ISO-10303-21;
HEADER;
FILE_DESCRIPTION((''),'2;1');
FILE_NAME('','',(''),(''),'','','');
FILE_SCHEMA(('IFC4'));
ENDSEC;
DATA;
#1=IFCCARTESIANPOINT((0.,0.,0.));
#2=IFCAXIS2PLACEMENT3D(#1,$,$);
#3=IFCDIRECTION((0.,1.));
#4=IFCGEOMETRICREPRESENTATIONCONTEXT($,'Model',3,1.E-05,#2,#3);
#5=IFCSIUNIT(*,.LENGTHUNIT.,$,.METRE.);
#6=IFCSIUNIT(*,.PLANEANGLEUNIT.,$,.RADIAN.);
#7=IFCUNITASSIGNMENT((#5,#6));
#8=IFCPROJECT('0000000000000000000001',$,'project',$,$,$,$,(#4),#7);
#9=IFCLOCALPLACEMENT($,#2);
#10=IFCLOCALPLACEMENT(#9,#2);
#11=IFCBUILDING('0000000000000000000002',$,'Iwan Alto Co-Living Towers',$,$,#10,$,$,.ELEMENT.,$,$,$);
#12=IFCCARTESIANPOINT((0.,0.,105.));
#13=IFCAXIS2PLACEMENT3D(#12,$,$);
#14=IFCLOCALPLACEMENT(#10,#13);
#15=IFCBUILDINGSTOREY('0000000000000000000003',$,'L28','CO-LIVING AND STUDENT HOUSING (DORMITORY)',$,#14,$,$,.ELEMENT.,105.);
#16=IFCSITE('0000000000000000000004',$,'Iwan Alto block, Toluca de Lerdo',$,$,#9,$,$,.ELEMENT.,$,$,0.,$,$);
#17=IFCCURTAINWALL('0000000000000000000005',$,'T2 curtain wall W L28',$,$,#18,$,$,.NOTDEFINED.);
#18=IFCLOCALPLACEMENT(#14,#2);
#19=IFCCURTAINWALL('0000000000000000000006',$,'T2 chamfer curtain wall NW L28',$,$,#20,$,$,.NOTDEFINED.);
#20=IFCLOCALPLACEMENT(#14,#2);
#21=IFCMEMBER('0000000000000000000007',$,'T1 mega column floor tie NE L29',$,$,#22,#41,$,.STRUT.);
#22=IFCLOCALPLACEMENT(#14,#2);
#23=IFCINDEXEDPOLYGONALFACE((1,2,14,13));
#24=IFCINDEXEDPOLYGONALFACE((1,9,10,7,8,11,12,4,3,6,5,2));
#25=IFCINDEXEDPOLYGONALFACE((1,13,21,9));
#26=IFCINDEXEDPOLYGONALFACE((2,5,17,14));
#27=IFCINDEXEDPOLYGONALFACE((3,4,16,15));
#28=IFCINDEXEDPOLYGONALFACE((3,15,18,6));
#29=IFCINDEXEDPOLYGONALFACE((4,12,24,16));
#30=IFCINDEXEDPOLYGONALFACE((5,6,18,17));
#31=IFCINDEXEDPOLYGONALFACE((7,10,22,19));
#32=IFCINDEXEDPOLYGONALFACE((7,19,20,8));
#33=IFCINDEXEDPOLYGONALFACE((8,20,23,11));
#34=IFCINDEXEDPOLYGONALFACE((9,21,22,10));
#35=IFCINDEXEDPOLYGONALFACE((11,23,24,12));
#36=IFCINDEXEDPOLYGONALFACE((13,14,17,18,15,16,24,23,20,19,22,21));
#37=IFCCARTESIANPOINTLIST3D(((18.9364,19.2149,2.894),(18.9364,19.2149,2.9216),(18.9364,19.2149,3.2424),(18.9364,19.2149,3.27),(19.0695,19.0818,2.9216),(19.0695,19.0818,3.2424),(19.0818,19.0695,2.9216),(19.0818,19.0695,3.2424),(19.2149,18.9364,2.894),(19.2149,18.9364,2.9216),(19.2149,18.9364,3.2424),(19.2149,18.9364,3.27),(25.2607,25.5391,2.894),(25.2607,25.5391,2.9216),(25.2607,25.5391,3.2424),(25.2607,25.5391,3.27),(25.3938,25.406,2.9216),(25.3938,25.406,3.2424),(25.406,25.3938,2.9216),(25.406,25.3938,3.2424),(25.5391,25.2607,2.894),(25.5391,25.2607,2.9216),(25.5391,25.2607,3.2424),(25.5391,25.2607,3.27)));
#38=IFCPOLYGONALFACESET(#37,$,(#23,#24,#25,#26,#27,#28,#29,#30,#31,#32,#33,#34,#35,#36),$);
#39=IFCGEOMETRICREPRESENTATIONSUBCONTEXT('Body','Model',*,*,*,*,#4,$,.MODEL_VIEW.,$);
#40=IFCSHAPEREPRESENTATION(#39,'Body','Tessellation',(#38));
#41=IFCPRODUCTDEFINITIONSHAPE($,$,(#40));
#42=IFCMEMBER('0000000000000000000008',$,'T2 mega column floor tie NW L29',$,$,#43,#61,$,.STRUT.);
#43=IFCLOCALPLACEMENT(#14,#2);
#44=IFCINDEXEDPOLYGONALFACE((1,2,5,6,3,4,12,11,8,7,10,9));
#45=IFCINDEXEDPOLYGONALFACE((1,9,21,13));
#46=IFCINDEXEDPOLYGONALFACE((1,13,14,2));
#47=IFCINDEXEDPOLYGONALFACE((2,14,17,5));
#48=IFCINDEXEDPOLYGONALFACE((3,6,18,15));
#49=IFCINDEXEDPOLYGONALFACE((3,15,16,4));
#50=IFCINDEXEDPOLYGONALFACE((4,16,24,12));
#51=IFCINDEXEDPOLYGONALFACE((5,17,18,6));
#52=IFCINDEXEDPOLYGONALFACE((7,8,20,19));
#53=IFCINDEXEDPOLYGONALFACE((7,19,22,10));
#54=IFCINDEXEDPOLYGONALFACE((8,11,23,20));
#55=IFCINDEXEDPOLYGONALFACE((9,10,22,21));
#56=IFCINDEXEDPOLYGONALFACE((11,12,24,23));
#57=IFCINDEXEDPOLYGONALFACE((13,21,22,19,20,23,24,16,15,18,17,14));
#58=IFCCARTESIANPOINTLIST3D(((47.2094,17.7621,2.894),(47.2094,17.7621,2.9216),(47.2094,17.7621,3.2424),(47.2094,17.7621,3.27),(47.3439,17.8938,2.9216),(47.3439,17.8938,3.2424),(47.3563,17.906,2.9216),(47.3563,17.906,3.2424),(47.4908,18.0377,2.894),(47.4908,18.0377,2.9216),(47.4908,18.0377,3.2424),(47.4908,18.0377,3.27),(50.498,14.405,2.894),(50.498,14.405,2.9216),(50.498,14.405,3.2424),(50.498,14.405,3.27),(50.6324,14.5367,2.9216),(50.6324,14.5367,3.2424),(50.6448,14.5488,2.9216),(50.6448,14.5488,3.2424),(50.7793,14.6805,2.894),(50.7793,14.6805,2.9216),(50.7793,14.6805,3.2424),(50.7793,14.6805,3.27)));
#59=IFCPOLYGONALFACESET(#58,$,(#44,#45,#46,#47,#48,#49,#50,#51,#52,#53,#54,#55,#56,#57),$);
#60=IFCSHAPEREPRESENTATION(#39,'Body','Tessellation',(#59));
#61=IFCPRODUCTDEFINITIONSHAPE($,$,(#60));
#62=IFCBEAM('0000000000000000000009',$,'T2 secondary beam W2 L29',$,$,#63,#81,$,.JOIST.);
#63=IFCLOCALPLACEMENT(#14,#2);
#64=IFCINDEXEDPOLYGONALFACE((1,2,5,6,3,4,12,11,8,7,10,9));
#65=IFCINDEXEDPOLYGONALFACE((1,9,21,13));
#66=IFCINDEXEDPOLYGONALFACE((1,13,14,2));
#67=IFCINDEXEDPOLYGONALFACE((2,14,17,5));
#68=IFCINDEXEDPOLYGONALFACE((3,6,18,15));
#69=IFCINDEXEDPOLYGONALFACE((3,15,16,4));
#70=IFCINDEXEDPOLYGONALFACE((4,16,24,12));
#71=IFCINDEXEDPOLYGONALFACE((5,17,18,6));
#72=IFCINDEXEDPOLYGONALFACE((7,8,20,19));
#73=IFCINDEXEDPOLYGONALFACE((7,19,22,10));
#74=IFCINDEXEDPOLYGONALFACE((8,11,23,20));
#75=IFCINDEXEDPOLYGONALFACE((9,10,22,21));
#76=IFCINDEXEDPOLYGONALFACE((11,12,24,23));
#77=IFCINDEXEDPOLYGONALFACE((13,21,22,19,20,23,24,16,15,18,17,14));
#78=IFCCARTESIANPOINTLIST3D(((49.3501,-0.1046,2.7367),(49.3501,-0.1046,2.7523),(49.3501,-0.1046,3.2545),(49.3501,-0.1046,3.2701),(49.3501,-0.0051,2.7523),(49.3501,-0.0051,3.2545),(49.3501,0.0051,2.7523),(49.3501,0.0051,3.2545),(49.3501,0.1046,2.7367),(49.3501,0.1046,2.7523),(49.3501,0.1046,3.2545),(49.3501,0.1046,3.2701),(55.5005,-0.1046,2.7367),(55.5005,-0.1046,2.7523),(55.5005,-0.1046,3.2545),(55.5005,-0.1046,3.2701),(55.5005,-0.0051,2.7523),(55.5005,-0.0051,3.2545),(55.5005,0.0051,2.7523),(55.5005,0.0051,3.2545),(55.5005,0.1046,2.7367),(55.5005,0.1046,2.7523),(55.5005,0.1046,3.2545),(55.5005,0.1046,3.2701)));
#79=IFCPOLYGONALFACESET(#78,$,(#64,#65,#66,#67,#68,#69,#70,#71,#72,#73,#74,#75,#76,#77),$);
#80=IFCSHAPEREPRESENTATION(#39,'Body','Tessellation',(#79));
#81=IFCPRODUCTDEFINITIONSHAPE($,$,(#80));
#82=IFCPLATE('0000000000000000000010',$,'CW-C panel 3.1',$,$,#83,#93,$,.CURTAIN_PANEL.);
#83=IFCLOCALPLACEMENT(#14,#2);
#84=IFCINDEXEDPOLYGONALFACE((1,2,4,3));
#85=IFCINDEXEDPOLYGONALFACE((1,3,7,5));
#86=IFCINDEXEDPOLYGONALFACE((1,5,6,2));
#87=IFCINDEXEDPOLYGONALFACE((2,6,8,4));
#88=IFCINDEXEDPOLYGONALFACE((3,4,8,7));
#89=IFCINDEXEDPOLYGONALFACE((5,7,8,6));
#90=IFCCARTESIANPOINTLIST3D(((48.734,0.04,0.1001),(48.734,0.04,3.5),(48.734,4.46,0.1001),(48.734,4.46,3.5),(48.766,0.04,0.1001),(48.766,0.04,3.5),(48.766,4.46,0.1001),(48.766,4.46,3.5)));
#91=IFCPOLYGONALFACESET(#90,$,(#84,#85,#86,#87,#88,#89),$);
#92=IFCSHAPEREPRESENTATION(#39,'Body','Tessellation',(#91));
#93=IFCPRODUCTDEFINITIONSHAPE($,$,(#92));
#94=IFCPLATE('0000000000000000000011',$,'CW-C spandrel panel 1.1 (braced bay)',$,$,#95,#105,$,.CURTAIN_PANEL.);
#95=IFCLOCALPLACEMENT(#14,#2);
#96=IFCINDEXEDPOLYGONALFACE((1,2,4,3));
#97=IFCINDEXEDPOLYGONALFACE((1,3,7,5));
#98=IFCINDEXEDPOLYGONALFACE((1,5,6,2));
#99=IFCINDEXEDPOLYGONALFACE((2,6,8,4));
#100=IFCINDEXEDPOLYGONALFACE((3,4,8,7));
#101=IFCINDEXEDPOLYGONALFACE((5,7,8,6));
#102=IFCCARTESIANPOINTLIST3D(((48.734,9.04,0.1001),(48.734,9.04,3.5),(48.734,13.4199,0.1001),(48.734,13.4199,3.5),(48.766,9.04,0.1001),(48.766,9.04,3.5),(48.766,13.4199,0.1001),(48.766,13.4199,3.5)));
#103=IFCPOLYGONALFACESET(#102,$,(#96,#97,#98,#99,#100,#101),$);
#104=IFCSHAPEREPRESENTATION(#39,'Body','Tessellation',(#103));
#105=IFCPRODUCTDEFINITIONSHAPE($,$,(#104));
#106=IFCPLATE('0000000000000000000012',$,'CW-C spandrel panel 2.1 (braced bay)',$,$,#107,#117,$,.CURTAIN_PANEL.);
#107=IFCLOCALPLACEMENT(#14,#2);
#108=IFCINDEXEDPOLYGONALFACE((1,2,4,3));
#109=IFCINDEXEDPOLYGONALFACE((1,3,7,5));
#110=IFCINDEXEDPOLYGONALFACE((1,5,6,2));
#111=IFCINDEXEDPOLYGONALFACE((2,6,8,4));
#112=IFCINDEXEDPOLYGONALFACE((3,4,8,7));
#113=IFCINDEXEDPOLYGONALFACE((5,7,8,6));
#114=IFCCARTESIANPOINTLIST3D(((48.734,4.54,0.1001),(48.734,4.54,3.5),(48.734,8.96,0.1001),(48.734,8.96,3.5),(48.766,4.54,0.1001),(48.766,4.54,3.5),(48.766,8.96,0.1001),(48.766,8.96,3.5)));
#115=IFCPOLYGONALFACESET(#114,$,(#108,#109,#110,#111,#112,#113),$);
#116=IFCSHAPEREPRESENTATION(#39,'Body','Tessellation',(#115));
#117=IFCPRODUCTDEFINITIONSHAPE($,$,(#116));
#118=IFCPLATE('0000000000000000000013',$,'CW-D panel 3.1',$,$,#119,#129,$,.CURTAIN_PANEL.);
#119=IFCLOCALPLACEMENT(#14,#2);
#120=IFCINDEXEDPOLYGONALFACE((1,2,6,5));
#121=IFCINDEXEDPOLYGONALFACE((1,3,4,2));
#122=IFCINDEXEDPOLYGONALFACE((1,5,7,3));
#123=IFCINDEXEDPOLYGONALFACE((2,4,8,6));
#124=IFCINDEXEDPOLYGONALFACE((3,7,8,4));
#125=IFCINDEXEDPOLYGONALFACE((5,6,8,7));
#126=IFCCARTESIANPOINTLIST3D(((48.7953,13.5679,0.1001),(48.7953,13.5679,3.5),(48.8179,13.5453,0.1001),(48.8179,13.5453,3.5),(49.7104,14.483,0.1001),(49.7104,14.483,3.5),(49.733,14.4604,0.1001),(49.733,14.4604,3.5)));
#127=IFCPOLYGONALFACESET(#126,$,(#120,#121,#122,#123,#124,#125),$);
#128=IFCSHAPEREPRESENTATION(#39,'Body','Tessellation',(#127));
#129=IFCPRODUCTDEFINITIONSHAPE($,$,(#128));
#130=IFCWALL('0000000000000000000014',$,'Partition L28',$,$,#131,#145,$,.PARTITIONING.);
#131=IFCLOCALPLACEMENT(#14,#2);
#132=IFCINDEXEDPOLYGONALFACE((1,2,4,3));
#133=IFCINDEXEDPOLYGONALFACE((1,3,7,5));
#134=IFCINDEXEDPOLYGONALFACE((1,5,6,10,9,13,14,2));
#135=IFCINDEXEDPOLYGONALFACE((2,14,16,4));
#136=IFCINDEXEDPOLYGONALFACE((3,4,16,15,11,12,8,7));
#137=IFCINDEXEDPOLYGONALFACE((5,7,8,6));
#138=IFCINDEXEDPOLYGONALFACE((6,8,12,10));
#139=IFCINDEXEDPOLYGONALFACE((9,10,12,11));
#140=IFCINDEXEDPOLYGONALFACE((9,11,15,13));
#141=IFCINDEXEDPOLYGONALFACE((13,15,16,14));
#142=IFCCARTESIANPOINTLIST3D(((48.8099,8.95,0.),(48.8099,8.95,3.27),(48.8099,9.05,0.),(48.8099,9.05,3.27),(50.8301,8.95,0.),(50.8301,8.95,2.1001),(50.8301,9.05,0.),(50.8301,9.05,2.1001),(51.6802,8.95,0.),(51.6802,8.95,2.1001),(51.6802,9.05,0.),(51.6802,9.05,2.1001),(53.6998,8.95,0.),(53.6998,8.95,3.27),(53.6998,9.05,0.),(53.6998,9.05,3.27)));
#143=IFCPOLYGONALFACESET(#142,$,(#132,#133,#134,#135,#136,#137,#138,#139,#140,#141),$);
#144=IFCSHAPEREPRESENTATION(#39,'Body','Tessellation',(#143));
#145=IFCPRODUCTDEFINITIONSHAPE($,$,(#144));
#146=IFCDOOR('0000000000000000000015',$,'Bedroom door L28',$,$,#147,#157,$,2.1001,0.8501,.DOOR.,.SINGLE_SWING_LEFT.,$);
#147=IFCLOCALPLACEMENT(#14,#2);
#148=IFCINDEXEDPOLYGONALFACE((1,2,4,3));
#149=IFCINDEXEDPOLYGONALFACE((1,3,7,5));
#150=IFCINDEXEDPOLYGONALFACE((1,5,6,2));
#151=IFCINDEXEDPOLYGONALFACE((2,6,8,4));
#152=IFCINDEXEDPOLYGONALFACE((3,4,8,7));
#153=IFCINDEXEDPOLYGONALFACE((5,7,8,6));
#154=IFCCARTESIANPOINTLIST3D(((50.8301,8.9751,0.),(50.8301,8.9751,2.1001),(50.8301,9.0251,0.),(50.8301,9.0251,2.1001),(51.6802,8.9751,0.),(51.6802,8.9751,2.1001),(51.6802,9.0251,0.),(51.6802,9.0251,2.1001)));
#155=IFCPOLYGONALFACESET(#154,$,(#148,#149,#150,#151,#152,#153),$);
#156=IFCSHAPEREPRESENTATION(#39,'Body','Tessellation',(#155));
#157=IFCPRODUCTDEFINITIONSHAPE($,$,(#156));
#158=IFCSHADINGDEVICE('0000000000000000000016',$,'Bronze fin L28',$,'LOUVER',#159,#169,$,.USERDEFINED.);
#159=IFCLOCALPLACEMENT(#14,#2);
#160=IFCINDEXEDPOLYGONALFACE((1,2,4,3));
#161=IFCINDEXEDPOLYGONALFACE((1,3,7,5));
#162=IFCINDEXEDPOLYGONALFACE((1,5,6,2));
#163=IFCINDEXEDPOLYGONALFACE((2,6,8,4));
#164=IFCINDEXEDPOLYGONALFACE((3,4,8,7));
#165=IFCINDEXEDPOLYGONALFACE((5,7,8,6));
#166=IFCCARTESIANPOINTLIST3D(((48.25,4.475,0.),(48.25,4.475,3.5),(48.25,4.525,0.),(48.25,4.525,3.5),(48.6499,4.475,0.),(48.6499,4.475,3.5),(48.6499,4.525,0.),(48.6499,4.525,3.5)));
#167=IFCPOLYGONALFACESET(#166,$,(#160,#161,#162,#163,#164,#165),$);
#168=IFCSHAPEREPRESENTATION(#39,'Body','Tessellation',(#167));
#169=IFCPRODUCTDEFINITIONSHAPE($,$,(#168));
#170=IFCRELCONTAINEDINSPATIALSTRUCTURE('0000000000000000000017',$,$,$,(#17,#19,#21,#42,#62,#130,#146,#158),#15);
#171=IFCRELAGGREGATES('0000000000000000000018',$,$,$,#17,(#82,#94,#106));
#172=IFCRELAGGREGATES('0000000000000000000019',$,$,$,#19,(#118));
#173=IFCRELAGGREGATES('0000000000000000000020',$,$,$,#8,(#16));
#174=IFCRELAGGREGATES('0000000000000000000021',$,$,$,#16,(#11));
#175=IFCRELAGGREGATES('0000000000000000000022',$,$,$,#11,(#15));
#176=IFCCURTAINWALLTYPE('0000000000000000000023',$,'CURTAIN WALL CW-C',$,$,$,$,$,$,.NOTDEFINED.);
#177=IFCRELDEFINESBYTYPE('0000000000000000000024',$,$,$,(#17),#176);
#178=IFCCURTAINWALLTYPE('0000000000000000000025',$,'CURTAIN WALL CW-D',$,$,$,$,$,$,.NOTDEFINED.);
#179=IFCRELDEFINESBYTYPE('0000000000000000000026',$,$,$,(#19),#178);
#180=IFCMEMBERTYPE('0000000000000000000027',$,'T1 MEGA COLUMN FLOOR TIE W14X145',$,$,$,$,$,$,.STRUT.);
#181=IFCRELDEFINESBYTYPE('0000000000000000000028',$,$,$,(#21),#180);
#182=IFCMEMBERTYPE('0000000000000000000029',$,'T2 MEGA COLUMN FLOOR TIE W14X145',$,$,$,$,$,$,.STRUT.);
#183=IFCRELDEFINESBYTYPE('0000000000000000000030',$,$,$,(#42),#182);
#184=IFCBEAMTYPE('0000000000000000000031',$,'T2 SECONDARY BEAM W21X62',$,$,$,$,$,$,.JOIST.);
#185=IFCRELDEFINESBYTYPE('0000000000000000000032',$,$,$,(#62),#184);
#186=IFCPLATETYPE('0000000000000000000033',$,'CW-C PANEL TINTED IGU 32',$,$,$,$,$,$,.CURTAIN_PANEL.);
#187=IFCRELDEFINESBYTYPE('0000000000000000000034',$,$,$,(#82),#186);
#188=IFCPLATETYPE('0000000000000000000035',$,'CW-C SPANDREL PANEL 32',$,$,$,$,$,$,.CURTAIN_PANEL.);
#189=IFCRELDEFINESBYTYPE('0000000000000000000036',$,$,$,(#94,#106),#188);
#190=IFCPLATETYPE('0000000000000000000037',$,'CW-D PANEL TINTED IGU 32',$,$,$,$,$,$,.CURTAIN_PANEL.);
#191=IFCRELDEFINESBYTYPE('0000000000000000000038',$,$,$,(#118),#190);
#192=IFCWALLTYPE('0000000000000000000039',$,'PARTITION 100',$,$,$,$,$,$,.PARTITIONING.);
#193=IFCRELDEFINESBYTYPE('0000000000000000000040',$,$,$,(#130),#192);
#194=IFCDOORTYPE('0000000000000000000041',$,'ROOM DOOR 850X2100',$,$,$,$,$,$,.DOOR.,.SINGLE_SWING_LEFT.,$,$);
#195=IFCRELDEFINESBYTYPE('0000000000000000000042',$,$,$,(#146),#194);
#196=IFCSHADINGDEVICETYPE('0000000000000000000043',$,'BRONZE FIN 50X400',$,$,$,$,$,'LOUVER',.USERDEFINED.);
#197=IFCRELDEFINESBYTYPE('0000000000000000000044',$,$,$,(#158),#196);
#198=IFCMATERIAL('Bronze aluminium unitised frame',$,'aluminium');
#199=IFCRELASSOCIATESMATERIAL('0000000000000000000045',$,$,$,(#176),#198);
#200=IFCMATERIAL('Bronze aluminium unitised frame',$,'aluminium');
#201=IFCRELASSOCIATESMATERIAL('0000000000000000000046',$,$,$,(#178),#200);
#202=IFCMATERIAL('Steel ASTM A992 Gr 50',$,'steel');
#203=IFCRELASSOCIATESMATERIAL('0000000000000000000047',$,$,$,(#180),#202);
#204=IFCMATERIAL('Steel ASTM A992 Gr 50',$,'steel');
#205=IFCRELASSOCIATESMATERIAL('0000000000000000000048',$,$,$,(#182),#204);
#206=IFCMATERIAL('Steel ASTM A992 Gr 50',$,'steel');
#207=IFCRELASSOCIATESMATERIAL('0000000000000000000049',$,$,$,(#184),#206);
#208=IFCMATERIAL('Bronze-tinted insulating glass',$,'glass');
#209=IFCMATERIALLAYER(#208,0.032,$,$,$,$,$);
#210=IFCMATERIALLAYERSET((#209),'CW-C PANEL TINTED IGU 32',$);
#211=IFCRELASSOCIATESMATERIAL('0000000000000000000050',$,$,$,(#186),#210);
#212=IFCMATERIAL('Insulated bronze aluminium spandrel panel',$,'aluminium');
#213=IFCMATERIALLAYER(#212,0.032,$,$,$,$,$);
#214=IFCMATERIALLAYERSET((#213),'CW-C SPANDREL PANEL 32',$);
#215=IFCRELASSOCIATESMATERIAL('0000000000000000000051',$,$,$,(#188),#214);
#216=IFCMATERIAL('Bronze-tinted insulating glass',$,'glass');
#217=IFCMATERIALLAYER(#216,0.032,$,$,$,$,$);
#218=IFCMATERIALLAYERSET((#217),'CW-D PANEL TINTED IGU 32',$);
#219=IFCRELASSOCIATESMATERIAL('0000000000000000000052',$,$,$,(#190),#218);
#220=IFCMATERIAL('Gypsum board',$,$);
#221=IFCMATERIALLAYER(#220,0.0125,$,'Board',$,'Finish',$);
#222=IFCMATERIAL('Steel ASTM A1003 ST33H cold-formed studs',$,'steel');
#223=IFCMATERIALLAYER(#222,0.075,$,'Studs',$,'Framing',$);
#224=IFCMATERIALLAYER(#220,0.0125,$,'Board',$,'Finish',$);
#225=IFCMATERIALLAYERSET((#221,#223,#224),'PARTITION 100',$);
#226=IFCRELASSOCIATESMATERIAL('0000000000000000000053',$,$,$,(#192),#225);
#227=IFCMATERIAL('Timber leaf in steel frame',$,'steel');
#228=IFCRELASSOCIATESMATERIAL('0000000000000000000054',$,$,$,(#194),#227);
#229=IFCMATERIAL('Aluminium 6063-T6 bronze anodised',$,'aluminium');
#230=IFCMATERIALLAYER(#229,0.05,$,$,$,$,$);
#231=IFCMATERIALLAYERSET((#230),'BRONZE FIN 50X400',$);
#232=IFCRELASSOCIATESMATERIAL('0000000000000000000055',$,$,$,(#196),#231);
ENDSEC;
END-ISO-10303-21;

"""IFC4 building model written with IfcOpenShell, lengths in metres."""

from ifc_helpers import new_model, si_unit, direction, frame, frame_2d, origin, origin_2d, place, context, subcontext, project, spatial, rectangle, i_section, extrude, material, layer, layer_set, material_profile, profile_set, type_object, element, fill, aggregate, save


model = new_model("IFC4")

# Units and contexts
model_context = context("Model", 3, precision=1e-05, world=origin(), true_north=direction((0.0, 1.0)))
body_context = subcontext(model_context, "Body", "Model", "MODEL_VIEW")
ifc_project = project(units=[si_unit("LENGTHUNIT", "METRE"), si_unit("PLANEANGLEUNIT", "RADIAN")], contexts=[model_context])

# Site, building, storey
site_placement = place(None, origin())
site = spatial("IfcSite", under=ifc_project, at=site_placement, Name="Iwan Alto block, Toluca de Lerdo", CompositionType="ELEMENT", RefElevation=0.0)
building_placement = place(site_placement, origin())
building = spatial("IfcBuilding", under=site, at=building_placement, Name="Iwan Alto Co-Living Towers", CompositionType="ELEMENT")
storey_placement = place(building_placement, frame((0.0, 0.0, 105.0)))
storey = spatial("IfcBuildingStorey", under=building, at=storey_placement, Name="L28", Description="CO-LIVING AND STUDENT HOUSING (DORMITORY)", CompositionType="ELEMENT", Elevation=105.0)

# Curtain wall
ifc_material_1 = material(Name="Bronze aluminium unitised frame", Category="aluminium")
curtain_wall_type_1 = type_object("IfcCurtainWallType", Name="CURTAIN WALL CW-C", PredefinedType="NOTDEFINED", material=ifc_material_1)
curtain_wall_1_placement = place(storey_placement, origin())
curtain_wall_1 = element("IfcCurtainWall", 1, at=curtain_wall_1_placement, inside=storey, type_object=curtain_wall_type_1, Name="T2 curtain wall W L28", PredefinedType="NOTDEFINED")

# Curtain wall
ifc_material_2 = material(Name="Bronze aluminium unitised frame", Category="aluminium")
curtain_wall_type_2 = type_object("IfcCurtainWallType", Name="CURTAIN WALL CW-D", PredefinedType="NOTDEFINED", material=ifc_material_2)
curtain_wall_2_placement = place(storey_placement, origin())
curtain_wall_2 = element("IfcCurtainWall", 2, at=curtain_wall_2_placement, inside=storey, type_object=curtain_wall_type_2, Name="T2 chamfer curtain wall NW L28", PredefinedType="NOTDEFINED")

# Members
ifc_material_3 = material(Name="Steel ASTM A992 Gr 50", Category="steel")
ifc_material_profile_1 = material_profile(ifc_material_3, i_section(OverallWidth=0.3938, OverallDepth=0.376, WebThickness=0.0173, FlangeThickness=0.0276, at=origin_2d()), Name="W14X145")
ifc_profile_set_1 = profile_set([ifc_material_profile_1], Name="Steel ASTM A992 Gr 50")
member_type_1 = type_object("IfcMemberType", Name="T1 MEGA COLUMN FLOOR TIE W14X145", PredefinedType="STRUT", material=ifc_profile_set_1)
member_1_placement = place(storey_placement, frame((25.3999, 25.3999, 3.082), z_axis=(-0.707107, -0.707107, 0.0), x_axis=(0.707107, -0.707107, 0.0)))
element("IfcMember", 3, at=member_1_placement, inside=storey, type_object=member_type_1, Name="T1 mega column floor tie NE L29", PredefinedType="STRUT", context=body_context, shape_type="SweptSolid", body=[
    extrude(i_section(OverallWidth=0.3938, OverallDepth=0.376, WebThickness=0.0173, FlangeThickness=0.0276, at=origin_2d()), origin(), (0.0, 0.0, 1.0), 8.9438),
])
ifc_material_4 = material(Name="Steel ASTM A992 Gr 50", Category="steel")
ifc_material_profile_2 = material_profile(ifc_material_4, i_section(OverallWidth=0.3938, OverallDepth=0.376, WebThickness=0.0173, FlangeThickness=0.0276, at=origin_2d()), Name="W14X145")
ifc_profile_set_2 = profile_set([ifc_material_profile_2], Name="Steel ASTM A992 Gr 50")
member_type_2 = type_object("IfcMemberType", Name="T2 MEGA COLUMN FLOOR TIE W14X145", PredefinedType="STRUT", material=ifc_profile_set_2)
member_2_placement = place(storey_placement, frame((47.3501, 17.8999, 3.082), z_axis=(0.69977, -0.714368, 0.0), x_axis=(0.714368, 0.69977, 0.0)))
element("IfcMember", 4, at=member_2_placement, inside=storey, type_object=member_type_2, Name="T2 mega column floor tie NW L29", PredefinedType="STRUT", context=body_context, shape_type="SweptSolid", body=[
    extrude(i_section(OverallWidth=0.3938, OverallDepth=0.376, WebThickness=0.0173, FlangeThickness=0.0276, at=origin_2d()), origin(), (0.0, 0.0, 1.0), 4.6995),
])

# Beam
ifc_material_5 = material(Name="Steel ASTM A992 Gr 50", Category="steel")
ifc_material_profile_3 = material_profile(ifc_material_5, i_section(OverallWidth=0.2092, OverallDepth=0.5334, WebThickness=0.0103, FlangeThickness=0.0156, at=origin_2d()), Name="W21X62")
ifc_profile_set_3 = profile_set([ifc_material_profile_3], Name="Steel ASTM A992 Gr 50")
beam_type = type_object("IfcBeamType", Name="T2 SECONDARY BEAM W21X62", PredefinedType="JOIST", material=ifc_profile_set_3)
beam_placement = place(storey_placement, frame((49.3501, 0.0, 3.0034), z_axis=(1.0, 0.0, 0.0), x_axis=(0.0, 1.0, 0.0)))
element("IfcBeam", 5, at=beam_placement, inside=storey, type_object=beam_type, Name="T2 secondary beam W2 L29", PredefinedType="JOIST", context=body_context, shape_type="SweptSolid", body=[
    extrude(i_section(OverallWidth=0.2092, OverallDepth=0.5334, WebThickness=0.0103, FlangeThickness=0.0156, at=origin_2d()), origin(), (0.0, 0.0, 1.0), 6.1504),
])

# Plates
ifc_material_6 = material(Name="Bronze-tinted insulating glass", Category="glass")
ifc_layer_1 = layer(ifc_material_6, 0.032)
ifc_layer_set_1 = layer_set([ifc_layer_1], Name="CW-C PANEL TINTED IGU 32")
plate_type_1 = type_object("IfcPlateType", Name="CW-C PANEL TINTED IGU 32", PredefinedType="CURTAIN_PANEL", material=ifc_layer_set_1)
plate_1_placement = place(storey_placement, frame((48.75, 2.25, 0.1001), z_axis=(0.0, 0.0, 1.0), x_axis=(0.0, -1.0, 0.0)))
plate_1 = element("IfcPlate", 6, at=plate_1_placement, type_object=plate_type_1, Name="CW-C panel 3.1", PredefinedType="CURTAIN_PANEL", context=body_context, shape_type="SweptSolid", body=[
    extrude(rectangle(XDim=4.4199, YDim=0.032, at=origin_2d()), origin(), (0.0, 0.0, 1.0), 3.3999),
])
ifc_material_7 = material(Name="Insulated bronze aluminium spandrel panel", Category="aluminium")
ifc_layer_2 = layer(ifc_material_7, 0.032)
ifc_layer_set_2 = layer_set([ifc_layer_2], Name="CW-C SPANDREL PANEL 32")
plate_type_2 = type_object("IfcPlateType", Name="CW-C SPANDREL PANEL 32", PredefinedType="CURTAIN_PANEL", material=ifc_layer_set_2)
plate_2_placement = place(storey_placement, frame((48.75, 11.23, 0.1001), z_axis=(0.0, 0.0, 1.0), x_axis=(0.0, -1.0, 0.0)))
plate_2 = element("IfcPlate", 7, at=plate_2_placement, type_object=plate_type_2, Name="CW-C spandrel panel 1.1 (braced bay)", PredefinedType="CURTAIN_PANEL", context=body_context, shape_type="SweptSolid", body=[
    extrude(rectangle(XDim=4.3799, YDim=0.032, at=origin_2d()), origin(), (0.0, 0.0, 1.0), 3.3999),
])
plate_3_placement = place(storey_placement, frame((48.75, 6.75, 0.1001), z_axis=(0.0, 0.0, 1.0), x_axis=(0.0, -1.0, 0.0)))
plate_3 = element("IfcPlate", 8, at=plate_3_placement, type_object=plate_type_2, Name="CW-C spandrel panel 2.1 (braced bay)", PredefinedType="CURTAIN_PANEL", context=body_context, shape_type="SweptSolid", body=[
    extrude(rectangle(XDim=4.4199, YDim=0.032, at=origin_2d()), origin(), (0.0, 0.0, 1.0), 3.3999),
])
aggregate(curtain_wall_1, [plate_1, plate_2, plate_3])
ifc_material_8 = material(Name="Bronze-tinted insulating glass", Category="glass")
ifc_layer_3 = layer(ifc_material_8, 0.032)
ifc_layer_set_3 = layer_set([ifc_layer_3], Name="CW-D PANEL TINTED IGU 32")
plate_type_3 = type_object("IfcPlateType", Name="CW-D PANEL TINTED IGU 32", PredefinedType="CURTAIN_PANEL", material=ifc_layer_set_3)
plate_4_placement = place(storey_placement, frame((49.2642, 14.0142, 0.1001), z_axis=(0.0, 0.0, 1.0), x_axis=(-0.707107, -0.707107, 0.0)))
plate_4 = element("IfcPlate", 9, at=plate_4_placement, type_object=plate_type_3, Name="CW-D panel 3.1", PredefinedType="CURTAIN_PANEL", context=body_context, shape_type="SweptSolid", body=[
    extrude(rectangle(XDim=1.2942, YDim=0.032, at=origin_2d()), origin(), (0.0, 0.0, 1.0), 3.3999),
])
aggregate(curtain_wall_2, [plate_4])

# Wall, opening, door
ifc_material_9 = material(Name="Gypsum board")
ifc_layer_4 = layer(ifc_material_9, 0.0125, Name="Board", Category="Finish")
ifc_material_10 = material(Name="Steel ASTM A1003 ST33H cold-formed studs", Category="steel")
ifc_layer_5 = layer(ifc_material_10, 0.075, Name="Studs", Category="Framing")
ifc_layer_6 = layer(ifc_material_9, 0.0125, Name="Board", Category="Finish")
ifc_layer_set_4 = layer_set([ifc_layer_4, ifc_layer_5, ifc_layer_6], Name="PARTITION 100")
wall_type = type_object("IfcWallType", Name="PARTITION 100", PredefinedType="PARTITIONING", material=ifc_layer_set_4)
wall_placement = place(storey_placement, frame((48.8101, 9.0, 0.0), z_axis=(0.0, 0.0, 1.0), x_axis=(1.0, 0.0, 0.0)))
wall = element("IfcWall", 10, at=wall_placement, inside=storey, type_object=wall_type, Name="Partition L28", PredefinedType="PARTITIONING", context=body_context, shape_type="SweptSolid", body=[
    extrude(rectangle(XDim=4.8899, YDim=0.1001, at=frame_2d((2.4448, 0.0))), origin(), (0.0, 0.0, 1.0), 3.27),
])
opening_placement = place(wall_placement, frame((2.02, 0.0, 0.0)))
opening = element("IfcOpeningElement", 11, at=opening_placement, cuts=wall, PredefinedType="OPENING", context=body_context, shape_type="SweptSolid", body=[
    extrude(rectangle(XDim=0.8501, YDim=2.1001, at=frame_2d((0.425, 1.05))), frame((0.0, 0.0601, 0.0), z_axis=(0.0, -1.0, 0.0), x_axis=(1.0, 0.0, 0.0)), (0.0, 0.0, 1.0), 0.1201),
])
ifc_material_11 = material(Name="Timber leaf in steel frame", Category="steel")
door_type = type_object("IfcDoorType", Name="ROOM DOOR 850X2100", OperationType="SINGLE_SWING_LEFT", PredefinedType="DOOR", material=ifc_material_11)
door_placement = place(opening_placement, frame((0.8501, 0.0, 0.0), z_axis=(0.0, 0.0, 1.0), x_axis=(-1.0, 0.0, 0.0)))
door = element("IfcDoor", 12, at=door_placement, inside=storey, type_object=door_type, Name="Bedroom door L28", OperationType="SINGLE_SWING_LEFT", OverallHeight=2.1001, OverallWidth=0.8501, PredefinedType="DOOR", context=body_context, shape_type="SweptSolid", body=[
    extrude(rectangle(XDim=0.8501, YDim=2.1001, at=frame_2d((0.425, 1.05))), frame((0.0, 0.0249, 0.0), z_axis=(0.0, -1.0, 0.0), x_axis=(1.0, 0.0, 0.0)), (0.0, 0.0, 1.0), 0.05),
])
fill(opening, door)

# Shading device
ifc_material_12 = material(Name="Aluminium 6063-T6 bronze anodised", Category="aluminium")
ifc_layer_7 = layer(ifc_material_12, 0.05)
ifc_layer_set_5 = layer_set([ifc_layer_7], Name="BRONZE FIN 50X400")
shading_device_type = type_object("IfcShadingDeviceType", Name="BRONZE FIN 50X400", ElementType="LOUVER", PredefinedType="USERDEFINED", material=ifc_layer_set_5)
shading_device_placement = place(storey_placement, frame((48.45, 4.5, 0.0), z_axis=(0.0, 0.0, 1.0), x_axis=(0.0, -1.0, 0.0)))
element("IfcShadingDevice", 13, at=shading_device_placement, inside=storey, type_object=shading_device_type, Name="Bronze fin L28", ObjectType="LOUVER", PredefinedType="USERDEFINED", context=body_context, shape_type="SweptSolid", body=[
    extrude(rectangle(XDim=0.05, YDim=0.3999, at=origin_2d()), origin(), (0.0, 0.0, 1.0), 3.5),
])

save(model, "model.ifc")
